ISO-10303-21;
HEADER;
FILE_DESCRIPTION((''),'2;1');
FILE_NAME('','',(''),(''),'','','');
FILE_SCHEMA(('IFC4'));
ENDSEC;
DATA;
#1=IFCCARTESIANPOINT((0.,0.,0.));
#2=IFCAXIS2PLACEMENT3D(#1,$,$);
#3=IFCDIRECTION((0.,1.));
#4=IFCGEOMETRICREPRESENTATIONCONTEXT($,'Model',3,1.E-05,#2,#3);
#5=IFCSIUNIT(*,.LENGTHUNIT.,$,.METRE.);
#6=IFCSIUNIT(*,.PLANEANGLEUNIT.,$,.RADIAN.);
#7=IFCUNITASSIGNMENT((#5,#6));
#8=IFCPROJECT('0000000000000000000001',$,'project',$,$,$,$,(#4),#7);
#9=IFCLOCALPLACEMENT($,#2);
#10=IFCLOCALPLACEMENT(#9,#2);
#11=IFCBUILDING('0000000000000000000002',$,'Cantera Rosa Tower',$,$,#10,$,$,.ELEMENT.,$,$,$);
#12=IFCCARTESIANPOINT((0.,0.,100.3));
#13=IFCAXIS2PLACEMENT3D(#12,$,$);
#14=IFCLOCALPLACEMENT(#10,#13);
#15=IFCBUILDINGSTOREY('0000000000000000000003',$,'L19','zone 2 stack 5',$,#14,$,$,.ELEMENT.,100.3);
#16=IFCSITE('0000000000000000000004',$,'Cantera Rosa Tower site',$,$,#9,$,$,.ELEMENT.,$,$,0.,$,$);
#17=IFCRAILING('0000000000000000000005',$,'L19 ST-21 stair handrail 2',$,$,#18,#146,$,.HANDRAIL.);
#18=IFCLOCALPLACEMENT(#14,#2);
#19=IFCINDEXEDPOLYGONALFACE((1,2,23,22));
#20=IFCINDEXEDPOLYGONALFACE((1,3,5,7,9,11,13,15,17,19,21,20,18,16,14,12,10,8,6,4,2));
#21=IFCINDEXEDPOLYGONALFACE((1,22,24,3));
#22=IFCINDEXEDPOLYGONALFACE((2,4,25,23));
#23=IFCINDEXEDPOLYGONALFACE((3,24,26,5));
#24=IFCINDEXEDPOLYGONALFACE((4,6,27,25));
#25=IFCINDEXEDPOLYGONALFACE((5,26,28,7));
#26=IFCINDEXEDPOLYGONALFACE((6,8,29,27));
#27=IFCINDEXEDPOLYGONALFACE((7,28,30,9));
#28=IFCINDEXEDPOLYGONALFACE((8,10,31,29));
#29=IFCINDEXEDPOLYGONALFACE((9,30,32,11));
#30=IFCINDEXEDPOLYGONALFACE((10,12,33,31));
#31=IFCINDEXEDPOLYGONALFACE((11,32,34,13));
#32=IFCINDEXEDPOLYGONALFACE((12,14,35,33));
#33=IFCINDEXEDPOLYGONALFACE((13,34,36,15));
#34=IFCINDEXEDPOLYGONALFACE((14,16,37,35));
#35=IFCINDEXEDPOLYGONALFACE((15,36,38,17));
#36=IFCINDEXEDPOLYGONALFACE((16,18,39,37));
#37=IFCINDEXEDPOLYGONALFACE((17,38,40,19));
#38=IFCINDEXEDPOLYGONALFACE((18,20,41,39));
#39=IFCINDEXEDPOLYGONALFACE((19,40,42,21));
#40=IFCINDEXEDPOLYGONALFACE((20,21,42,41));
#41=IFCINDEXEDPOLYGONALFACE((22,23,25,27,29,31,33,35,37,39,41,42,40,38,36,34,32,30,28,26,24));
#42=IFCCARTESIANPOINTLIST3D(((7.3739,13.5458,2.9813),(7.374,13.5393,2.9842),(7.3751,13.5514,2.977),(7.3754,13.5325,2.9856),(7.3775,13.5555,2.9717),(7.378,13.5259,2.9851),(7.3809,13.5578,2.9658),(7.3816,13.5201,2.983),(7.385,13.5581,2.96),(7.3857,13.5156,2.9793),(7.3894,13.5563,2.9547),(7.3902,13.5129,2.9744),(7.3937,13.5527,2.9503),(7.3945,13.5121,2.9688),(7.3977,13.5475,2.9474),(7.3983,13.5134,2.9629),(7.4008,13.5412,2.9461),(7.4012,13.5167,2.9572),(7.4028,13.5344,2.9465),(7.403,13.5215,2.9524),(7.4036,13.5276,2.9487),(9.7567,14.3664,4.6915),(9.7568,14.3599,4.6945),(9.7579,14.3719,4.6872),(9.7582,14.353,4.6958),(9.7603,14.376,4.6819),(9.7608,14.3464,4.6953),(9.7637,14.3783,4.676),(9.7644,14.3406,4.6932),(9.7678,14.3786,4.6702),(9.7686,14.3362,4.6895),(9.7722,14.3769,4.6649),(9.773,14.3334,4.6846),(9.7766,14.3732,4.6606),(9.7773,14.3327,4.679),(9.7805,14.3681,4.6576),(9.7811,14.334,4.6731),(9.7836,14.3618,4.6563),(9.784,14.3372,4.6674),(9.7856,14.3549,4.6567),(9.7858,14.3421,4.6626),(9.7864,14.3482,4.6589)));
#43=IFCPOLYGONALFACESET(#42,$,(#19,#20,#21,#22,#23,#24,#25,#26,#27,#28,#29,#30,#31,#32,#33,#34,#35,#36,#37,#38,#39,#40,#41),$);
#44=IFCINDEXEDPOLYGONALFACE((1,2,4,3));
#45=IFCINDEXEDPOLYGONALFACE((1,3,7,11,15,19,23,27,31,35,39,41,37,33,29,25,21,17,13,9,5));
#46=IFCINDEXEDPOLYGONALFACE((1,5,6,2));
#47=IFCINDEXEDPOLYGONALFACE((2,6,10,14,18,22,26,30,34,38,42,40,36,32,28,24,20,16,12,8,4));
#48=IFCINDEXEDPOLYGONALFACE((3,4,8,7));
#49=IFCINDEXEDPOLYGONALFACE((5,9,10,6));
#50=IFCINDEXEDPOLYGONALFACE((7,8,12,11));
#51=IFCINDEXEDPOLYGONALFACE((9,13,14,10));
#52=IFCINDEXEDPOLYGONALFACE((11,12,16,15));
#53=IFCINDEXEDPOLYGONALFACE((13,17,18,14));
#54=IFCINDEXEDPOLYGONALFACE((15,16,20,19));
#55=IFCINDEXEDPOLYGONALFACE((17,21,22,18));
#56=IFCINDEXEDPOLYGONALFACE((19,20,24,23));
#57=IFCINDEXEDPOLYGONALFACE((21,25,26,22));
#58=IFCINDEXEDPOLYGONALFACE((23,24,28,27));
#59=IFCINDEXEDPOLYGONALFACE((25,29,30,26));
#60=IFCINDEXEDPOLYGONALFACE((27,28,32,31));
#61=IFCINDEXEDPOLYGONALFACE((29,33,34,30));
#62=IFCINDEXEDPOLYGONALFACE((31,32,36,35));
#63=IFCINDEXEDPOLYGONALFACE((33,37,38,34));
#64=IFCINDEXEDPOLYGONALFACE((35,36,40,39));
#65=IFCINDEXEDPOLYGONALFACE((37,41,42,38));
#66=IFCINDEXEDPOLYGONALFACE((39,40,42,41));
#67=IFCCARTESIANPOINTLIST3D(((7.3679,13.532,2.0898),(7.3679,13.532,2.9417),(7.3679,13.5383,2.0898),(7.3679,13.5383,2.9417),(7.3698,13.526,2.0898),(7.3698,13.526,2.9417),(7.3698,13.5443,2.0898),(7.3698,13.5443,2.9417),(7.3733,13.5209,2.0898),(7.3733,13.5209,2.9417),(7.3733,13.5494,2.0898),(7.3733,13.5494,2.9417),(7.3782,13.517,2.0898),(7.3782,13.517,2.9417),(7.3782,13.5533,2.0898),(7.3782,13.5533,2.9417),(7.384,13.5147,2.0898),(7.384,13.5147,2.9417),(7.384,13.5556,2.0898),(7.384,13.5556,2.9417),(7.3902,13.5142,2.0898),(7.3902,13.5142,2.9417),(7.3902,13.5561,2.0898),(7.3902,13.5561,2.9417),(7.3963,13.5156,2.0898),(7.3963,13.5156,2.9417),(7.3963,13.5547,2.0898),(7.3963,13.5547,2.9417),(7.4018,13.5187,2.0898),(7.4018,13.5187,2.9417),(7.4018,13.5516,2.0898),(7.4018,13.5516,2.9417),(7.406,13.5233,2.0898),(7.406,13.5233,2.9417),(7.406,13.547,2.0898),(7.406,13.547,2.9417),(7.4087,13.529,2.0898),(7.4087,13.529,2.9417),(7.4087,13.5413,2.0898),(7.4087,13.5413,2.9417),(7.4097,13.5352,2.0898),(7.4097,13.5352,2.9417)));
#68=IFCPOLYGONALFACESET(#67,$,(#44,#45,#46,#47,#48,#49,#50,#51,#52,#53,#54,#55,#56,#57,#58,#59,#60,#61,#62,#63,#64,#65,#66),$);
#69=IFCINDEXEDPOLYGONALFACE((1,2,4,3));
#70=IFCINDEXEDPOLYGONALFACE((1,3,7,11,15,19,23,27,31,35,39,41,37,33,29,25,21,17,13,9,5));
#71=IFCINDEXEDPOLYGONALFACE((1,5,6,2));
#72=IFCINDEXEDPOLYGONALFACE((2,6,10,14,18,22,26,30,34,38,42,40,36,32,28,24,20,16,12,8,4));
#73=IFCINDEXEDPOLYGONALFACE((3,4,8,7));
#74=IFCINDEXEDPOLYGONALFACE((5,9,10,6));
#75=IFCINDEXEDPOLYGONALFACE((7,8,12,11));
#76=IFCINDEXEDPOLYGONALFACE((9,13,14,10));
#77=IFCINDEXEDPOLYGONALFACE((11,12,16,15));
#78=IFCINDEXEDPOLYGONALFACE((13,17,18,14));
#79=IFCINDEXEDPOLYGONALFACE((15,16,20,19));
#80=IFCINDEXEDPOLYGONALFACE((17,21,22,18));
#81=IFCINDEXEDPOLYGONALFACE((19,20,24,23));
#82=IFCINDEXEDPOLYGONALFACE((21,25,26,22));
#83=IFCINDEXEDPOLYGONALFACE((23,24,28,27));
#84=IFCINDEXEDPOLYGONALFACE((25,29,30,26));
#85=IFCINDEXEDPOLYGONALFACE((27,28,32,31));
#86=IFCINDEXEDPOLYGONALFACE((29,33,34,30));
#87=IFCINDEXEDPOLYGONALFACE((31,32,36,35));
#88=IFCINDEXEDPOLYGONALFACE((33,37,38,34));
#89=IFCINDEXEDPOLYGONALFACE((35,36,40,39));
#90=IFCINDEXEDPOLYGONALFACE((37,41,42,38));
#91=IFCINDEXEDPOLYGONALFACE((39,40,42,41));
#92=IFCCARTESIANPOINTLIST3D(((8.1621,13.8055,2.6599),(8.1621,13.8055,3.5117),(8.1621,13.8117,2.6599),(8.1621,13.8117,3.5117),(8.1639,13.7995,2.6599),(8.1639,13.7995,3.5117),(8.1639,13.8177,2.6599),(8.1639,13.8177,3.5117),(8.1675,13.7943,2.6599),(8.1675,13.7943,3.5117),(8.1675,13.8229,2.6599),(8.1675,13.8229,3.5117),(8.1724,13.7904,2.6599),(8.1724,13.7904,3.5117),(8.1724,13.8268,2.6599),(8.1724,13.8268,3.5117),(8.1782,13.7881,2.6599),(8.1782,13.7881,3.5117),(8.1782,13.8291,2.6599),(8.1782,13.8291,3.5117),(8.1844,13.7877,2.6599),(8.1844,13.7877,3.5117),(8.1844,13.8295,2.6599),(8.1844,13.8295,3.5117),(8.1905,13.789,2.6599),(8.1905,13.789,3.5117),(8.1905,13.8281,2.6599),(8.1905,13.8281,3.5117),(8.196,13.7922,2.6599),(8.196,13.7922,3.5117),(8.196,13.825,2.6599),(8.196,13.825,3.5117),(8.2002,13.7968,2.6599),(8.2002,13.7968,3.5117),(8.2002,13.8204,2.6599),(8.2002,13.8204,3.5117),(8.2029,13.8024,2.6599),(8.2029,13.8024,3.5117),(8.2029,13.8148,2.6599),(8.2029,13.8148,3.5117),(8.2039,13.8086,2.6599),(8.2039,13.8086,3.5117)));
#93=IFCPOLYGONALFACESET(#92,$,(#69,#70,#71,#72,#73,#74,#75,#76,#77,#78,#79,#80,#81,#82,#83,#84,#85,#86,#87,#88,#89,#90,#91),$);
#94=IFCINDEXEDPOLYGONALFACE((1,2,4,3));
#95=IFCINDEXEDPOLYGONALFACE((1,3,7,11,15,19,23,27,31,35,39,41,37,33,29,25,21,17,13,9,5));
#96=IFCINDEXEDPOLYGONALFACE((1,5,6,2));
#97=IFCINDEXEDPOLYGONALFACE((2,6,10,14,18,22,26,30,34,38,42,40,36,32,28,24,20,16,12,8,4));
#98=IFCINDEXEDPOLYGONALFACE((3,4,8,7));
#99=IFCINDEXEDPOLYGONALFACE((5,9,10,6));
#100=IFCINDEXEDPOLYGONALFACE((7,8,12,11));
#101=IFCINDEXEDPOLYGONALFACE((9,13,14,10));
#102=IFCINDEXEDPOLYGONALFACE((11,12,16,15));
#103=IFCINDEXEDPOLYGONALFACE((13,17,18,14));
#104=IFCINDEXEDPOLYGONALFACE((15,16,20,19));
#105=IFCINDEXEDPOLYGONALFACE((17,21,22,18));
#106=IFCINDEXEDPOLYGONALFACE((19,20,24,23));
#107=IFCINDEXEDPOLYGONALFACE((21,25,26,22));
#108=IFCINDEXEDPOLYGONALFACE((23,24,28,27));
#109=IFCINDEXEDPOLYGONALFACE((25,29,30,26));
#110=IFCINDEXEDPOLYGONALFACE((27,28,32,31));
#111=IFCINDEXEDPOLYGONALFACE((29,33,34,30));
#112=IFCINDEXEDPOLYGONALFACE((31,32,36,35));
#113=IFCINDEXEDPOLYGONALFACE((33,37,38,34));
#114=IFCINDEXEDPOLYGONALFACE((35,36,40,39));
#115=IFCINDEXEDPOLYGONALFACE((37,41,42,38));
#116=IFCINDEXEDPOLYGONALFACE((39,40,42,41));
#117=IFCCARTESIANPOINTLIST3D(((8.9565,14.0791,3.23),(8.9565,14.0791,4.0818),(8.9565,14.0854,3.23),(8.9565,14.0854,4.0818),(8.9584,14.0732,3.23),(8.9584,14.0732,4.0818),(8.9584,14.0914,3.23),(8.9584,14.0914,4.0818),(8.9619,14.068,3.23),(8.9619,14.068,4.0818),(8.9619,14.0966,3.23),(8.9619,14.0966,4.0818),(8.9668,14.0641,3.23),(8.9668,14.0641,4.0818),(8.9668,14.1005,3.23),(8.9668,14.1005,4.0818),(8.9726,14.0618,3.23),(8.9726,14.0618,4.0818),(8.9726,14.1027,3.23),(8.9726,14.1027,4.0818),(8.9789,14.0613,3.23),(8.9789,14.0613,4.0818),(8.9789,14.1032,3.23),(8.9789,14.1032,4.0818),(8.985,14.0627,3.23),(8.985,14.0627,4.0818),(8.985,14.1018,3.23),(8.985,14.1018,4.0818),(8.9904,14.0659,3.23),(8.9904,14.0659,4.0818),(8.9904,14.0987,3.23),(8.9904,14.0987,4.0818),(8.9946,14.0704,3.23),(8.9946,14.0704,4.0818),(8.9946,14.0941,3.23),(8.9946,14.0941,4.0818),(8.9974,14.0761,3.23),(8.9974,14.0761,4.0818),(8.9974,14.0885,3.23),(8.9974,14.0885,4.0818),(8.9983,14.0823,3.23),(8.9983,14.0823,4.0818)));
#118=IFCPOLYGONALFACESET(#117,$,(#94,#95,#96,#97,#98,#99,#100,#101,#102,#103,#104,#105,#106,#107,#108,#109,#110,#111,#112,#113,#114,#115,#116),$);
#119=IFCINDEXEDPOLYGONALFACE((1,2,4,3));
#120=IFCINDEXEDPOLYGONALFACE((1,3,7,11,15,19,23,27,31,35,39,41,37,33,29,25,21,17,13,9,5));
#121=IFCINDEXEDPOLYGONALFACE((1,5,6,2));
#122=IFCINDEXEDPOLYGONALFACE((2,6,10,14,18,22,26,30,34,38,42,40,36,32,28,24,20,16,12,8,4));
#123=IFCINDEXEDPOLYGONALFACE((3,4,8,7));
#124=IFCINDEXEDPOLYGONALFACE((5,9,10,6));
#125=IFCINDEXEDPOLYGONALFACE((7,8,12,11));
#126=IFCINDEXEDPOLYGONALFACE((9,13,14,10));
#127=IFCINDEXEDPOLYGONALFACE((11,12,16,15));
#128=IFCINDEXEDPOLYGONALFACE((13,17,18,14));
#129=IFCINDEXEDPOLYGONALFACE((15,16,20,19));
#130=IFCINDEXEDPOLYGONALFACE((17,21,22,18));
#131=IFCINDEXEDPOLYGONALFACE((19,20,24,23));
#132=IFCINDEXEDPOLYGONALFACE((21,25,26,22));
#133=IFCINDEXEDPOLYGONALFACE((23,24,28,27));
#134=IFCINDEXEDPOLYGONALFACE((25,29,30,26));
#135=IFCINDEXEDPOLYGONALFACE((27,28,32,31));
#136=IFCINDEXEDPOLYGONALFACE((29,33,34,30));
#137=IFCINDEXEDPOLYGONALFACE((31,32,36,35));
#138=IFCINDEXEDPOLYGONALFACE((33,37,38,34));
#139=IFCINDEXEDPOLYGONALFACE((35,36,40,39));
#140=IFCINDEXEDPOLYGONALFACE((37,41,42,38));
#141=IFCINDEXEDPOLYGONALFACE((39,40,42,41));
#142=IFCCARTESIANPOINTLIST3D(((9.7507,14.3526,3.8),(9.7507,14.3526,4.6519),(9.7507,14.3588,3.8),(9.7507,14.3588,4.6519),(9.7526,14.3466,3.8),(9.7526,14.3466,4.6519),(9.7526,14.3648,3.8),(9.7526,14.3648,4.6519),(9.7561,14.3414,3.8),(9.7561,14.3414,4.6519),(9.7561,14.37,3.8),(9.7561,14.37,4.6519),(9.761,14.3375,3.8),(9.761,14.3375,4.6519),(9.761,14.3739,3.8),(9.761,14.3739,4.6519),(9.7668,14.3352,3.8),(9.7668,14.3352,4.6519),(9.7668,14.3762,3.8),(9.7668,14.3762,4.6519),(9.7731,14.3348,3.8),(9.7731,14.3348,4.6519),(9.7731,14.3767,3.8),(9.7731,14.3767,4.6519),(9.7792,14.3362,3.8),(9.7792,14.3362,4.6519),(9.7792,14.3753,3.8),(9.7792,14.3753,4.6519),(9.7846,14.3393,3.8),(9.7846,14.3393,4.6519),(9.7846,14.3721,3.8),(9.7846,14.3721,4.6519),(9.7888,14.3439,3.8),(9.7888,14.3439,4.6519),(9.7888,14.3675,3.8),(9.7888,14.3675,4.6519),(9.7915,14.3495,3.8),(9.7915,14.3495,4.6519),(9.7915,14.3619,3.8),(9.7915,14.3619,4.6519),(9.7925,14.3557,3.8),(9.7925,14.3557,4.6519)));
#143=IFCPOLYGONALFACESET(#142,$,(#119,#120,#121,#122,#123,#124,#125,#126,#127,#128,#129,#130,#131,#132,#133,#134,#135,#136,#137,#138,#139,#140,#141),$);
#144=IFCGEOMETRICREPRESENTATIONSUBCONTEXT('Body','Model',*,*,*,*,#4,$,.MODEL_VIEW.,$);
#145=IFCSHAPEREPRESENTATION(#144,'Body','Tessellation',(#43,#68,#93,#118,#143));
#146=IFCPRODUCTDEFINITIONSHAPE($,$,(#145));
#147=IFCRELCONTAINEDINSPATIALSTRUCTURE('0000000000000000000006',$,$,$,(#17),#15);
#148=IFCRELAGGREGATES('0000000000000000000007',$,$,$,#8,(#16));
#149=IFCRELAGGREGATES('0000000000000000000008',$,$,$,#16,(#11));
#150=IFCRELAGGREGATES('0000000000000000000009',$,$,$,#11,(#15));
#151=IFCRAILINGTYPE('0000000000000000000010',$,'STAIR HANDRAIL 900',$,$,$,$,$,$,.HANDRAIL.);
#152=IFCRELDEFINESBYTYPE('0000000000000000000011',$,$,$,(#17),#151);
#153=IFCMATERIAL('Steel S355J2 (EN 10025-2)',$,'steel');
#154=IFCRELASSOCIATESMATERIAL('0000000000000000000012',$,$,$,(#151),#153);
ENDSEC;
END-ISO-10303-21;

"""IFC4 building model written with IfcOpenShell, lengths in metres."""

from ifc_helpers import new_model, si_unit, direction, frame, origin, origin_2d, place, context, subcontext, project, spatial, circle, extrude, material, type_object, element, save


model = new_model("IFC4")

# Units and contexts
model_context = context("Model", 3, precision=1e-05, world=origin(), true_north=direction((0.0, 1.0)))
body_context = subcontext(model_context, "Body", "Model", "MODEL_VIEW")
ifc_project = project(units=[si_unit("LENGTHUNIT", "METRE"), si_unit("PLANEANGLEUNIT", "RADIAN")], contexts=[model_context])

# Site, building, storey
site_placement = place(None, origin())
site = spatial("IfcSite", under=ifc_project, at=site_placement, Name="Cantera Rosa Tower site", CompositionType="ELEMENT", RefElevation=0.0)
building_placement = place(site_placement, origin())
building = spatial("IfcBuilding", under=site, at=building_placement, Name="Cantera Rosa Tower", CompositionType="ELEMENT")
storey_placement = place(building_placement, frame((0.0, 0.0, 100.3)))
storey = spatial("IfcBuildingStorey", under=building, at=storey_placement, Name="L19", Description="zone 2 stack 5", CompositionType="ELEMENT", Elevation=100.3)

# Railing
ifc_material_1 = material(Name="Steel S355J2 (EN 10025-2)", Category="steel")
railing_type_1 = type_object("IfcRailingType", Name="STAIR HANDRAIL 900", PredefinedType="HANDRAIL", material=ifc_material_1)
railing_1_placement = place(storey_placement, frame((7.3887, 13.5352, 2.0898)))
element("IfcRailing", 1, at=railing_1_placement, inside=storey, type_object=railing_type_1, Name="L19 ST-21 stair handrail 2", PredefinedType="HANDRAIL", context=body_context, shape_type="SweptSolid", body=[
    extrude(circle(Radius=0.0239, at=origin_2d()), frame((0.0, 0.0, 0.876), z_axis=(0.782369, 0.26942, 0.561526), x_axis=(-0.3256, 0.945508, 0.0)), (0.0, 0.0, 1.0), 3.0457),
    extrude(circle(Radius=0.021, at=origin_2d()), origin(), (0.0, 0.0, 1.0), 0.8518),
    extrude(circle(Radius=0.021, at=origin_2d()), frame((0.7942, 0.2734, 0.5701)), (0.0, 0.0, 1.0), 0.8518),
    extrude(circle(Radius=0.021, at=origin_2d()), frame((1.5886, 0.5471, 1.1401)), (0.0, 0.0, 1.0), 0.8518),
    extrude(circle(Radius=0.021, at=origin_2d()), frame((2.3828, 0.8206, 1.7102)), (0.0, 0.0, 1.0), 0.8518),
])

save(model, "model.ifc")
